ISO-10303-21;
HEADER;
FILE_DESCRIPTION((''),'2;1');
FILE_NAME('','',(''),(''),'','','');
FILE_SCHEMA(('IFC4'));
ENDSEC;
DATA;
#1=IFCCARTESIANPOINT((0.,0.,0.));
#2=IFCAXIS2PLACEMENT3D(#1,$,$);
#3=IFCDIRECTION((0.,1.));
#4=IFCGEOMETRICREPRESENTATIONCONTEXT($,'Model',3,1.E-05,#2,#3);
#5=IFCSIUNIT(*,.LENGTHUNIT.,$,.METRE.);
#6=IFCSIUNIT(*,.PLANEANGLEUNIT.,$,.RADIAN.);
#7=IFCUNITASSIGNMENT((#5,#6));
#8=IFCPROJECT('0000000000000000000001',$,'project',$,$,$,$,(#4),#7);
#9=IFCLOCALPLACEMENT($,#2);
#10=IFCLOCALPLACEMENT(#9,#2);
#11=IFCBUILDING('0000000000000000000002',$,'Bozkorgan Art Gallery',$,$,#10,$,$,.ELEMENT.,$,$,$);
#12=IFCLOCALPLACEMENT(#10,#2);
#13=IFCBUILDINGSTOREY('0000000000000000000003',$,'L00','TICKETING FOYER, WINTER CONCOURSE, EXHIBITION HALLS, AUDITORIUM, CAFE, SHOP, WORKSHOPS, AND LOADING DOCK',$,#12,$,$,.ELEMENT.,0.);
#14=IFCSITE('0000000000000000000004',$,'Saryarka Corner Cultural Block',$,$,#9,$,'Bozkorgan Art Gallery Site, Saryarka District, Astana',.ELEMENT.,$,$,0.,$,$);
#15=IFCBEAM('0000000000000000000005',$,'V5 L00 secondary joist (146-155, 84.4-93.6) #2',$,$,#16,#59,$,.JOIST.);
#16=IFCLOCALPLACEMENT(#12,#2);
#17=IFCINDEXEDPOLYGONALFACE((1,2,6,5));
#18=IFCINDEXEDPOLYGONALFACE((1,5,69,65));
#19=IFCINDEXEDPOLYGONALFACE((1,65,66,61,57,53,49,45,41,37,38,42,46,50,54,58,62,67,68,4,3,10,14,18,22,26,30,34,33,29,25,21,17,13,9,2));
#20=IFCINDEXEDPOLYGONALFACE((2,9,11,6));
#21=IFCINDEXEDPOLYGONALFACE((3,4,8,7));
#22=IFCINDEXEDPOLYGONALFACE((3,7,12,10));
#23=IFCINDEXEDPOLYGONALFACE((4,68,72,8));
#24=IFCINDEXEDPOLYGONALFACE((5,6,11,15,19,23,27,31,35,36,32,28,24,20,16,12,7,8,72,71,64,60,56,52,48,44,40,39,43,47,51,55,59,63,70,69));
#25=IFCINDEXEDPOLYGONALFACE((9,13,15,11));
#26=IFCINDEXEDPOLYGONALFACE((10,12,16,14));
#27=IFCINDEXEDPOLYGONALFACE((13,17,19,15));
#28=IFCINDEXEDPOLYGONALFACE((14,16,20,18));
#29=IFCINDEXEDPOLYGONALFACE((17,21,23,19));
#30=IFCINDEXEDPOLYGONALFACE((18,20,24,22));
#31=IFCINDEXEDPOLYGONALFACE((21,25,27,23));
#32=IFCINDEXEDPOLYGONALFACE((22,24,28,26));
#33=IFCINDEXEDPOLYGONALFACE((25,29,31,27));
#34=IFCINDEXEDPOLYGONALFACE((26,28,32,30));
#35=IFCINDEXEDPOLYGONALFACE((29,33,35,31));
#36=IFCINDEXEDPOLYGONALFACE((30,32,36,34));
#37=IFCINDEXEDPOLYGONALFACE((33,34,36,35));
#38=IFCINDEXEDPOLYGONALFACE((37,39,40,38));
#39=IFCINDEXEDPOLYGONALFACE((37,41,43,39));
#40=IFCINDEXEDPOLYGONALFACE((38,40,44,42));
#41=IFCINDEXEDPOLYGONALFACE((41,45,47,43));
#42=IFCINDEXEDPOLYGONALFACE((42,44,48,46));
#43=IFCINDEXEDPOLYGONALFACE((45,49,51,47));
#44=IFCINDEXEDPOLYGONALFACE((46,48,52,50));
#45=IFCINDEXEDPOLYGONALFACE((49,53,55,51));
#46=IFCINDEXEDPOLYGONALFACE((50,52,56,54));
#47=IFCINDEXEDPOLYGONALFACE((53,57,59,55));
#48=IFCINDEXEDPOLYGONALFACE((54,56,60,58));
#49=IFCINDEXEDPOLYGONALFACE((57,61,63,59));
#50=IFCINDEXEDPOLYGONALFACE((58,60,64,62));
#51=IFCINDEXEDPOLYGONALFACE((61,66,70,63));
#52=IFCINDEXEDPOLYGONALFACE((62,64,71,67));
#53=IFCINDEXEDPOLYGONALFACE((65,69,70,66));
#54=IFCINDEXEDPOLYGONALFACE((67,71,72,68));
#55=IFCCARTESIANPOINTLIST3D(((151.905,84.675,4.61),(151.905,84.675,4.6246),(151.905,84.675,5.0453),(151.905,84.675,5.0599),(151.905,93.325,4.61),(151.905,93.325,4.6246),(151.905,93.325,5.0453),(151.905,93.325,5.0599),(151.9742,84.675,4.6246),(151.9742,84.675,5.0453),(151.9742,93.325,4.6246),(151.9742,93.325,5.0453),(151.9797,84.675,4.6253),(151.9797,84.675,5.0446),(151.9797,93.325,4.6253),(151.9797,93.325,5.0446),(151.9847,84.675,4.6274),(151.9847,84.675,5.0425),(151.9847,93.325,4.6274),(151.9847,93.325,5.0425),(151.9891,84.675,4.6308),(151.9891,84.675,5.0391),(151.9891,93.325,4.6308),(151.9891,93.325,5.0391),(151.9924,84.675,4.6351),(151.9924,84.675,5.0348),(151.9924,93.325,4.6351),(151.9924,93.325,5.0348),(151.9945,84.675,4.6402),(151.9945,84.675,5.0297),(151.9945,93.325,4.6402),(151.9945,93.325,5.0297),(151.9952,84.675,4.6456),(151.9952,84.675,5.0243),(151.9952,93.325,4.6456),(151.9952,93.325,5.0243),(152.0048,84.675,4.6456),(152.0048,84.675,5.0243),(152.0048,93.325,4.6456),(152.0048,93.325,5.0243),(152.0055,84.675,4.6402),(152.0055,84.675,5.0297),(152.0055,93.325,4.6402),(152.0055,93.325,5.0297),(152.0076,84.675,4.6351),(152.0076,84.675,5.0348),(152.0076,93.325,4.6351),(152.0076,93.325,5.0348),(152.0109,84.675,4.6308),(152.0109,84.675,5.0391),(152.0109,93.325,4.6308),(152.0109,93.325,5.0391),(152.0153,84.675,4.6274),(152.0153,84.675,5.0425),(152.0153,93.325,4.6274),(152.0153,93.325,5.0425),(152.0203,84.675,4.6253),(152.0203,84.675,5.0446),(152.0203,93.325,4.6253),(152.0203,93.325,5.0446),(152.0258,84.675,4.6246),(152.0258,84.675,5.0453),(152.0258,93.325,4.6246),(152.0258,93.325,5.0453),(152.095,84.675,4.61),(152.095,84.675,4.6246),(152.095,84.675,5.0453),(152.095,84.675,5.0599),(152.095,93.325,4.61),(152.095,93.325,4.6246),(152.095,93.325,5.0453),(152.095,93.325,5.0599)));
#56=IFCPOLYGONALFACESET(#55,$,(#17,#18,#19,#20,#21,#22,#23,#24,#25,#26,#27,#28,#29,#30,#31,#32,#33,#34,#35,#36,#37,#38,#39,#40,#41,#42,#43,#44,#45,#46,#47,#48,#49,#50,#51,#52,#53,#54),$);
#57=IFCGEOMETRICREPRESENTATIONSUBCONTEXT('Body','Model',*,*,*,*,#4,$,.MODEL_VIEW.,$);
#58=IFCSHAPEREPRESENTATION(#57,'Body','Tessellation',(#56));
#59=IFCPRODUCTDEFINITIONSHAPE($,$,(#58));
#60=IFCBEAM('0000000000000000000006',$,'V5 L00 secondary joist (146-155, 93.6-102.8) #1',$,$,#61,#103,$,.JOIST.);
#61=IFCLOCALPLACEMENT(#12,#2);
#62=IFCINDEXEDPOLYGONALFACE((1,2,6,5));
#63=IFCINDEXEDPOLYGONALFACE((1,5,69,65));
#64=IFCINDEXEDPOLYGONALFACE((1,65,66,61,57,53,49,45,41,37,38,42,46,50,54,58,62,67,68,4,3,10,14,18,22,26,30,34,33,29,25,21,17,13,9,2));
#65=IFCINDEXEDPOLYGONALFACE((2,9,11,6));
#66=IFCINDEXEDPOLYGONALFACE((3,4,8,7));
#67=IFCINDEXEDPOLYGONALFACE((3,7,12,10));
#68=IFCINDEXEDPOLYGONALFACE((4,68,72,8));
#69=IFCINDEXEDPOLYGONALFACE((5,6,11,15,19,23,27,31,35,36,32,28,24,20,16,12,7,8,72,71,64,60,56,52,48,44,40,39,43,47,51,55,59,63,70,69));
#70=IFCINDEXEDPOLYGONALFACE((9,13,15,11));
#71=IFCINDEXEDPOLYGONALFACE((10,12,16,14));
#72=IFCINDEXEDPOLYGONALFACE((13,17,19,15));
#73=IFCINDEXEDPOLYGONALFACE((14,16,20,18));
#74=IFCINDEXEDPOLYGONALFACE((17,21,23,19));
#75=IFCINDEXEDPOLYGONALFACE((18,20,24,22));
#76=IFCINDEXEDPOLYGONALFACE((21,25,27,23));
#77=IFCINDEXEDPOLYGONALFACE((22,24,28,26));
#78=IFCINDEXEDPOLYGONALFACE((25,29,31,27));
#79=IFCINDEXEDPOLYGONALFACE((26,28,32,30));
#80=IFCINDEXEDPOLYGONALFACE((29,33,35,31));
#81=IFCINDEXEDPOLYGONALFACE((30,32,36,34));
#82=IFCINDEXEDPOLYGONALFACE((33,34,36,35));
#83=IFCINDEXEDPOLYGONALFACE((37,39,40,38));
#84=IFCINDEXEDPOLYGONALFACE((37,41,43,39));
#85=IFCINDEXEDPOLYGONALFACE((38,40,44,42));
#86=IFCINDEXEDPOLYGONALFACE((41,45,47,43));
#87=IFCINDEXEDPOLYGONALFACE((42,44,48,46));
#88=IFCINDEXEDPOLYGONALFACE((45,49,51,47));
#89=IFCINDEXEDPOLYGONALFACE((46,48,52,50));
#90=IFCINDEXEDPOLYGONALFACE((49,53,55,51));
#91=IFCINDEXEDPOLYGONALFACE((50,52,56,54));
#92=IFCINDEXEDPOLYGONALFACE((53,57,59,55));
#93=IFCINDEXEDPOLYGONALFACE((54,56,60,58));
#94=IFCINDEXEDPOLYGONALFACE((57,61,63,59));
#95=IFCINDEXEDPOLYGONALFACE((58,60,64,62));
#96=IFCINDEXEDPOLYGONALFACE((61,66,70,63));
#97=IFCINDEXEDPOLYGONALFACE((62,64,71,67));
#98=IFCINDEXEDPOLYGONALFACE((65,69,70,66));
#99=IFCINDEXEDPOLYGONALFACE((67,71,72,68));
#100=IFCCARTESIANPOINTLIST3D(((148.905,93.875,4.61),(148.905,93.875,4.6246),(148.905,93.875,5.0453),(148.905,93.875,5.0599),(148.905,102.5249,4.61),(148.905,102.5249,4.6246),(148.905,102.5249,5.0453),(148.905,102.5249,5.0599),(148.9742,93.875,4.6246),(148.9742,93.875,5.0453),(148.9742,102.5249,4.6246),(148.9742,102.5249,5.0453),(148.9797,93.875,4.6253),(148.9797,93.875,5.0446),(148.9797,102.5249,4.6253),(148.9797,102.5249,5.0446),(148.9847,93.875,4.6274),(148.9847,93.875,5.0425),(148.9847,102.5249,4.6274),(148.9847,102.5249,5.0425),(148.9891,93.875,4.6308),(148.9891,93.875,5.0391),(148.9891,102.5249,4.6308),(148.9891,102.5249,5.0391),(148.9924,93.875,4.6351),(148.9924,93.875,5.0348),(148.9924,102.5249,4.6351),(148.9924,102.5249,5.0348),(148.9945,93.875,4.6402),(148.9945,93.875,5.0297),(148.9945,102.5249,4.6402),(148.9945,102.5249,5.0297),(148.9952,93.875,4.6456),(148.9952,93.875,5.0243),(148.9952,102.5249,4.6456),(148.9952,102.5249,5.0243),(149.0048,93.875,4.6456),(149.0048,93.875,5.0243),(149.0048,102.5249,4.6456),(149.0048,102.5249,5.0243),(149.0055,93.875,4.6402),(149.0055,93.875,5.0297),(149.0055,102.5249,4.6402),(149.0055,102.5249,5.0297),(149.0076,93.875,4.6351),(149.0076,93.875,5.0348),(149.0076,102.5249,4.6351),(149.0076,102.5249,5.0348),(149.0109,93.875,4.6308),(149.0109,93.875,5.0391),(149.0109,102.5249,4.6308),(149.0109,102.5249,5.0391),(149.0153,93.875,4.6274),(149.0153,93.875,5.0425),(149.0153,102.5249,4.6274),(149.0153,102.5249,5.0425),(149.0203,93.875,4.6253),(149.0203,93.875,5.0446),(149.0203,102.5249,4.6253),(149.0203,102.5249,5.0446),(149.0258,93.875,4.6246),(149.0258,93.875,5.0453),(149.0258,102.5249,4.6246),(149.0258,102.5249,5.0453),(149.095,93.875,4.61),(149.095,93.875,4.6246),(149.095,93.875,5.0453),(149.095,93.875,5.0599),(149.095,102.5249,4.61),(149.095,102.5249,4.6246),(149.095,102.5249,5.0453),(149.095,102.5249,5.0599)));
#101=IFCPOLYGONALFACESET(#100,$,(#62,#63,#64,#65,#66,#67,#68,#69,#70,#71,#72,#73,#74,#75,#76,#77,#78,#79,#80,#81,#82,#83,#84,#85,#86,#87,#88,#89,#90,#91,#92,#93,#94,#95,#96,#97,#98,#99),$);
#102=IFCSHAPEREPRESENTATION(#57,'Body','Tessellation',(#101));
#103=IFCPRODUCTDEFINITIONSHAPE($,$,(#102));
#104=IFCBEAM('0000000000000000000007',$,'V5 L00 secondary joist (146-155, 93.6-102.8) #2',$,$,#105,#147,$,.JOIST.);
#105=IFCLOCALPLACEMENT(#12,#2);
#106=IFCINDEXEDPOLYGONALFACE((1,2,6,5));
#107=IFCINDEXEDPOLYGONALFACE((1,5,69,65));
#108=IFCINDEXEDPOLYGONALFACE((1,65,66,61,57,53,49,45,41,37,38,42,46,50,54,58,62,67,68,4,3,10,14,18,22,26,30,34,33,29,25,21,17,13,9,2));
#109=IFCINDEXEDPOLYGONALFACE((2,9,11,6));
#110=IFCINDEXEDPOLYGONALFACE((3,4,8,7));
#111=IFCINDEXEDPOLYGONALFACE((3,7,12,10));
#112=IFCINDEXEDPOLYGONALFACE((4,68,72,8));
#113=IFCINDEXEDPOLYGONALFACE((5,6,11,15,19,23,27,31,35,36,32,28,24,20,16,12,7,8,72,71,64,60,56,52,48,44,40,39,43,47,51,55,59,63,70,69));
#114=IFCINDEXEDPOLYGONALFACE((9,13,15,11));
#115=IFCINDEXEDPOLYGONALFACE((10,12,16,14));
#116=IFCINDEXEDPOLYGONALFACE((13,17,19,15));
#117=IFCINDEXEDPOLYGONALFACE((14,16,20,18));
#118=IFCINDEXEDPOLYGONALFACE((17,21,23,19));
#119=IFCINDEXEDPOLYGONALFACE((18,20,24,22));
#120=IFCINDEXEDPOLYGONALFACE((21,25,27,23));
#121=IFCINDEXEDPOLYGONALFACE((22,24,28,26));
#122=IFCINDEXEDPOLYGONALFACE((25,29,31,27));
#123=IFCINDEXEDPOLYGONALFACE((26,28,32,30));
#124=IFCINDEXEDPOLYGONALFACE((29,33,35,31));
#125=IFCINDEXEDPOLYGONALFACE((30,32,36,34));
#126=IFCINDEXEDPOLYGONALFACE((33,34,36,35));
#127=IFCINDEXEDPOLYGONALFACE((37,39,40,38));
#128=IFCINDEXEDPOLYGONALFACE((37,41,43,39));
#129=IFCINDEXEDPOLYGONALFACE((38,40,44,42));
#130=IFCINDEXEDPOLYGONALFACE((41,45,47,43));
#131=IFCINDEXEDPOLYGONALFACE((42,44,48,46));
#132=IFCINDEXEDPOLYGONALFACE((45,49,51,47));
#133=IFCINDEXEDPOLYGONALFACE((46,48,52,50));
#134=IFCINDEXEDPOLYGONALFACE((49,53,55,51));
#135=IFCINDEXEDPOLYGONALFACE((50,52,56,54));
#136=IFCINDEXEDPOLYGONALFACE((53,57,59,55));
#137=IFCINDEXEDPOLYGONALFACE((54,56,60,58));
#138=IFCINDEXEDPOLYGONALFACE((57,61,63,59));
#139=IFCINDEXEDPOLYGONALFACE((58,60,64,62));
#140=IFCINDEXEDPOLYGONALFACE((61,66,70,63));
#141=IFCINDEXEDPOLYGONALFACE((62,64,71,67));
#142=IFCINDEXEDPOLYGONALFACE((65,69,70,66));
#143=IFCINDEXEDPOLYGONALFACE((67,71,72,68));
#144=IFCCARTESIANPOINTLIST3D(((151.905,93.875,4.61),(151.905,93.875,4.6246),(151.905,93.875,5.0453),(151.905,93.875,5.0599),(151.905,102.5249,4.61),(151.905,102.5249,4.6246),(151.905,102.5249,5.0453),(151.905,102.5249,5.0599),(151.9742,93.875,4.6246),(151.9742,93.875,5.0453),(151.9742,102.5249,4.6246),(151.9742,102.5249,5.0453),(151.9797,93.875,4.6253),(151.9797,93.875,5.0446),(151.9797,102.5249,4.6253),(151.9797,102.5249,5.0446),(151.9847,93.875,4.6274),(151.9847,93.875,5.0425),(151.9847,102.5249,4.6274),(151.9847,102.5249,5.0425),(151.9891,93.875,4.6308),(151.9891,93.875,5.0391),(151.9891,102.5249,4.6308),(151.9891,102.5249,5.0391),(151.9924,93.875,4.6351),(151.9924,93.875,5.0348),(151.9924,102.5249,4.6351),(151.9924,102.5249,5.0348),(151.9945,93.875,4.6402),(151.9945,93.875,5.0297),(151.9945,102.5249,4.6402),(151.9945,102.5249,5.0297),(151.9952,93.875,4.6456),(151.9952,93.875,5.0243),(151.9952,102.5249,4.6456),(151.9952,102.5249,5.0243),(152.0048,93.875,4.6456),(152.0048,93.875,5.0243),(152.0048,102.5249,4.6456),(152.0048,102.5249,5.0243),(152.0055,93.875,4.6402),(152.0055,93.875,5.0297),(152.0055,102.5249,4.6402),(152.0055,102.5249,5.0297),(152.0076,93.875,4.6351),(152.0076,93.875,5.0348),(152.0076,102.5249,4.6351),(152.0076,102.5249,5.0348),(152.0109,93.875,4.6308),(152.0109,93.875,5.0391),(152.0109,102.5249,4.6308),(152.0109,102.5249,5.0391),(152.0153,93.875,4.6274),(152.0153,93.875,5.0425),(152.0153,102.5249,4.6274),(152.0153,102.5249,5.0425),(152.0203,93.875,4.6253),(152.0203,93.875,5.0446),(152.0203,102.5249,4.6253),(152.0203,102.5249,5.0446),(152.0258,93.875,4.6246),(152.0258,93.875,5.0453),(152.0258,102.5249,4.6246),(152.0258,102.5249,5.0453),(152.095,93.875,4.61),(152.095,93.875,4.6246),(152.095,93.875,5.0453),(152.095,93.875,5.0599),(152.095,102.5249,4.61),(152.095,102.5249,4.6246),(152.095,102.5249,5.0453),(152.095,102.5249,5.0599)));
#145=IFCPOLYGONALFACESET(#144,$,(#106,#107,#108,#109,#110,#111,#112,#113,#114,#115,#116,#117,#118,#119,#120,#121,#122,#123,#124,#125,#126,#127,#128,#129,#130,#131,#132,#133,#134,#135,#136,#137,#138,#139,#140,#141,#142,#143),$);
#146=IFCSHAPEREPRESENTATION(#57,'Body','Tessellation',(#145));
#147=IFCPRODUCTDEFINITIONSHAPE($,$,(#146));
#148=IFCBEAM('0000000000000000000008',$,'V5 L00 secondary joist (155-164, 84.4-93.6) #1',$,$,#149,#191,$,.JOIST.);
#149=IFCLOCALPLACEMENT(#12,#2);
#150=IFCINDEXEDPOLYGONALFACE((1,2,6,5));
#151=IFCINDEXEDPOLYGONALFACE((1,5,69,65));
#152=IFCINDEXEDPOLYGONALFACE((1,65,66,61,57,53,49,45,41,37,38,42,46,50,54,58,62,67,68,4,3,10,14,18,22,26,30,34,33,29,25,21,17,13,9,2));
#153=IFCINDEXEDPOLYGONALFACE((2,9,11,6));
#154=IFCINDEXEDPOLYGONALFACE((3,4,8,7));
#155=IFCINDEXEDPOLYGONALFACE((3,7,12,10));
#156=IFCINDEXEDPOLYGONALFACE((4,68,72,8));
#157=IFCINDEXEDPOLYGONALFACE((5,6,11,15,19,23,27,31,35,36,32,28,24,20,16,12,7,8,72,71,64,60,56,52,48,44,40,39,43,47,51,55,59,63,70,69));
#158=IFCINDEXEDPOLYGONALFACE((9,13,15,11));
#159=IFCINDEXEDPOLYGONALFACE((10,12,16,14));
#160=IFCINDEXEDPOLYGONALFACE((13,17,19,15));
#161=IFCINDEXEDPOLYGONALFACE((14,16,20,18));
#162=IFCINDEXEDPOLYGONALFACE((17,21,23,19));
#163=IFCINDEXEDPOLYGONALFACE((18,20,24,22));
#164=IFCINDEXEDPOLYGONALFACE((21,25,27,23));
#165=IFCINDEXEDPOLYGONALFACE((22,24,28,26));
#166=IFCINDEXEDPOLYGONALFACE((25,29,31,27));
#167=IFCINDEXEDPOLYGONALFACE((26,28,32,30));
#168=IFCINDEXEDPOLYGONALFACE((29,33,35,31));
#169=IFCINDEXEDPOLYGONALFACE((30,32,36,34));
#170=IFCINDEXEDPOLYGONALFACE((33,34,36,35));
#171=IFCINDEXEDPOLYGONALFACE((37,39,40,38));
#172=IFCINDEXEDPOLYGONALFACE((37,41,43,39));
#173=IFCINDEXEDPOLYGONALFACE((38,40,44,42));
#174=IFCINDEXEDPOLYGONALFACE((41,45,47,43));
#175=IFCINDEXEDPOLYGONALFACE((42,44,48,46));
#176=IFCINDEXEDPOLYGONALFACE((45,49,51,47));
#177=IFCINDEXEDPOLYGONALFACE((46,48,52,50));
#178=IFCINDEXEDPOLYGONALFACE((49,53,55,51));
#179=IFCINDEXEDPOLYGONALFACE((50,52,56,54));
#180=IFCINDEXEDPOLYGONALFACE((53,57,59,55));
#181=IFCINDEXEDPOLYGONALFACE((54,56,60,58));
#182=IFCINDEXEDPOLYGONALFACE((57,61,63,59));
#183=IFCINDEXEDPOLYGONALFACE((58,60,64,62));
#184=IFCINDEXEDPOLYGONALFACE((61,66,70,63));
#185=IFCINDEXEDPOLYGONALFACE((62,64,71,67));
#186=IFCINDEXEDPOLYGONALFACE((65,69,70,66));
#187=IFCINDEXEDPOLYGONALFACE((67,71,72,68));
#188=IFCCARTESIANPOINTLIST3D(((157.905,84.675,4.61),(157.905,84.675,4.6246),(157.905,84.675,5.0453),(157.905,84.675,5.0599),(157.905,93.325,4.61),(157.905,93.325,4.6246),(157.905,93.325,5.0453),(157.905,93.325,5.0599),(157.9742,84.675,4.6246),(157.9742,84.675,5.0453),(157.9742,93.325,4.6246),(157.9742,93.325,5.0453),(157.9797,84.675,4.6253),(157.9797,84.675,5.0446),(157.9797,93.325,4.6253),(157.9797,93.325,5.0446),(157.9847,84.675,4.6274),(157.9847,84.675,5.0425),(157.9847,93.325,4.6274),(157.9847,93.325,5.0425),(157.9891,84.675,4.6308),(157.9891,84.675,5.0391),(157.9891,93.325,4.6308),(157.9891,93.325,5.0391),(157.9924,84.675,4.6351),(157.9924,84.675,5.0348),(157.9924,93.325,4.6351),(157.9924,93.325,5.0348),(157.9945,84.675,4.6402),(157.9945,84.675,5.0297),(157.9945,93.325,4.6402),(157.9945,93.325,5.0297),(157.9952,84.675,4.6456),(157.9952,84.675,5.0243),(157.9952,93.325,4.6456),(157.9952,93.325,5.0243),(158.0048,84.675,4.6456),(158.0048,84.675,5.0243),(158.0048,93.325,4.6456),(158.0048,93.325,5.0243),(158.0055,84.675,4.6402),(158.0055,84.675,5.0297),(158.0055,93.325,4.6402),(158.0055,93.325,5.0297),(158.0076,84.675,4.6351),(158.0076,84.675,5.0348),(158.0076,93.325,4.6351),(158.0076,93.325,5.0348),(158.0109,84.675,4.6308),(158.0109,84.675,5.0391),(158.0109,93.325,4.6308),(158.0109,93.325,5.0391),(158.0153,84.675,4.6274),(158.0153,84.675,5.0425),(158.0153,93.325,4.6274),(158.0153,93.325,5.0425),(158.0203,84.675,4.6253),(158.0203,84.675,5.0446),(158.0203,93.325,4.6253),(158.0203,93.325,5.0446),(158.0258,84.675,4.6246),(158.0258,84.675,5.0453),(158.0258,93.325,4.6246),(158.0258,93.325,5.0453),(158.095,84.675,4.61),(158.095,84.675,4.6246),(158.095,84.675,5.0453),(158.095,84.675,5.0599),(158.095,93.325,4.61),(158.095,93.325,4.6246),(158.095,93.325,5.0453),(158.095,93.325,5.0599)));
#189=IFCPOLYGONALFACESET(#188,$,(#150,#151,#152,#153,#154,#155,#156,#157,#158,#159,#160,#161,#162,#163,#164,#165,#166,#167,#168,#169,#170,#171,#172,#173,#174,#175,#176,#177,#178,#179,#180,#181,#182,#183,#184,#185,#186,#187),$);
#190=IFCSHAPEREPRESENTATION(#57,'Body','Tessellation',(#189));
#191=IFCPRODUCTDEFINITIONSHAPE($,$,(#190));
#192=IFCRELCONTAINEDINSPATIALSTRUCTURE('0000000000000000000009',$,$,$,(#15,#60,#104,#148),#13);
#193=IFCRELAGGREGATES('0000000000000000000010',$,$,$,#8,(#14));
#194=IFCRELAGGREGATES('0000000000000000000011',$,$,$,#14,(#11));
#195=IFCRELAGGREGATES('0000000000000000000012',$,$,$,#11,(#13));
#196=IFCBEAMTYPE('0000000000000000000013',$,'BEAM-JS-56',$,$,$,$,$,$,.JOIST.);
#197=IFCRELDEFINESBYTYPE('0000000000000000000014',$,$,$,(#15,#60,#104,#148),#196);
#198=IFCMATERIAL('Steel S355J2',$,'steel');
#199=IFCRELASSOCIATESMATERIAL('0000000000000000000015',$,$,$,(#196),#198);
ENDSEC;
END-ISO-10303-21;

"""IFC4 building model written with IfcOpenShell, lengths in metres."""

from ifc_helpers import new_model, si_unit, direction, frame, origin, origin_2d, place, context, subcontext, project, spatial, i_section, extrude, material, material_profile, profile_set, type_object, element, save


model = new_model("IFC4")

# Units and contexts
model_context = context("Model", 3, precision=1e-05, world=origin(), true_north=direction((0.0, 1.0)))
body_context = subcontext(model_context, "Body", "Model", "MODEL_VIEW")
ifc_project = project(units=[si_unit("LENGTHUNIT", "METRE"), si_unit("PLANEANGLEUNIT", "RADIAN")], contexts=[model_context])

# Site, building, storey
site_placement = place(None, origin())
site = spatial("IfcSite", under=ifc_project, at=site_placement, Name="Saryarka Corner Cultural Block", LongName="Bozkorgan Art Gallery Site, Saryarka District, Astana", CompositionType="ELEMENT", RefElevation=0.0)
building_placement = place(site_placement, origin())
building = spatial("IfcBuilding", under=site, at=building_placement, Name="Bozkorgan Art Gallery", CompositionType="ELEMENT")
storey_placement = place(building_placement, origin())
storey = spatial("IfcBuildingStorey", under=building, at=storey_placement, Name="L00", Description="TICKETING FOYER, WINTER CONCOURSE, EXHIBITION HALLS, AUDITORIUM, CAFE, SHOP, WORKSHOPS, AND LOADING DOCK", CompositionType="ELEMENT", Elevation=0.0)

# Beams
ifc_material_1 = material(Name="Steel S355J2", Category="steel")
ifc_material_profile_1 = material_profile(ifc_material_1, i_section(OverallWidth=0.1899, OverallDepth=0.45, WebThickness=0.0095, FlangeThickness=0.0146, FilletRadius=0.021, at=origin_2d()), Name="IPE 450")
ifc_profile_set_1 = profile_set([ifc_material_profile_1], Name="Steel S355J2")
beam_type_1 = type_object("IfcBeamType", Name="BEAM-JS-56", PredefinedType="JOIST", material=ifc_profile_set_1)
for number, where, z_axis, x_axis, name in (
    (1, (152.0, 84.675, 4.835), (0.0, 1.0, 0.0), (-1.0, 0.0, 0.0), "V5 L00 secondary joist (146-155, 84.4-93.6) #2"),
    (2, (149.0, 93.875, 4.835), (0.0, 1.0, 0.0), (-1.0, 0.0, 0.0), "V5 L00 secondary joist (146-155, 93.6-102.8) #1"),
    (3, (152.0, 93.875, 4.835), (0.0, 1.0, 0.0), (-1.0, 0.0, 0.0), "V5 L00 secondary joist (146-155, 93.6-102.8) #2"),
    (4, (158.0, 84.675, 4.835), (0.0, 1.0, 0.0), (-1.0, 0.0, 0.0), "V5 L00 secondary joist (155-164, 84.4-93.6) #1"),
):
    element("IfcBeam", number, at=place(storey_placement, frame(where, z_axis=z_axis, x_axis=x_axis)), inside=storey, type_object=beam_type_1, Name=name, PredefinedType="JOIST", context=body_context, shape_type="SweptSolid", body=[
        extrude(i_section(OverallWidth=0.1899, OverallDepth=0.45, WebThickness=0.0095, FlangeThickness=0.0146, FilletRadius=0.021, at=origin_2d()), origin(), (0.0, 0.0, 1.0), 8.6499),
    ])

save(model, "model.ifc")
